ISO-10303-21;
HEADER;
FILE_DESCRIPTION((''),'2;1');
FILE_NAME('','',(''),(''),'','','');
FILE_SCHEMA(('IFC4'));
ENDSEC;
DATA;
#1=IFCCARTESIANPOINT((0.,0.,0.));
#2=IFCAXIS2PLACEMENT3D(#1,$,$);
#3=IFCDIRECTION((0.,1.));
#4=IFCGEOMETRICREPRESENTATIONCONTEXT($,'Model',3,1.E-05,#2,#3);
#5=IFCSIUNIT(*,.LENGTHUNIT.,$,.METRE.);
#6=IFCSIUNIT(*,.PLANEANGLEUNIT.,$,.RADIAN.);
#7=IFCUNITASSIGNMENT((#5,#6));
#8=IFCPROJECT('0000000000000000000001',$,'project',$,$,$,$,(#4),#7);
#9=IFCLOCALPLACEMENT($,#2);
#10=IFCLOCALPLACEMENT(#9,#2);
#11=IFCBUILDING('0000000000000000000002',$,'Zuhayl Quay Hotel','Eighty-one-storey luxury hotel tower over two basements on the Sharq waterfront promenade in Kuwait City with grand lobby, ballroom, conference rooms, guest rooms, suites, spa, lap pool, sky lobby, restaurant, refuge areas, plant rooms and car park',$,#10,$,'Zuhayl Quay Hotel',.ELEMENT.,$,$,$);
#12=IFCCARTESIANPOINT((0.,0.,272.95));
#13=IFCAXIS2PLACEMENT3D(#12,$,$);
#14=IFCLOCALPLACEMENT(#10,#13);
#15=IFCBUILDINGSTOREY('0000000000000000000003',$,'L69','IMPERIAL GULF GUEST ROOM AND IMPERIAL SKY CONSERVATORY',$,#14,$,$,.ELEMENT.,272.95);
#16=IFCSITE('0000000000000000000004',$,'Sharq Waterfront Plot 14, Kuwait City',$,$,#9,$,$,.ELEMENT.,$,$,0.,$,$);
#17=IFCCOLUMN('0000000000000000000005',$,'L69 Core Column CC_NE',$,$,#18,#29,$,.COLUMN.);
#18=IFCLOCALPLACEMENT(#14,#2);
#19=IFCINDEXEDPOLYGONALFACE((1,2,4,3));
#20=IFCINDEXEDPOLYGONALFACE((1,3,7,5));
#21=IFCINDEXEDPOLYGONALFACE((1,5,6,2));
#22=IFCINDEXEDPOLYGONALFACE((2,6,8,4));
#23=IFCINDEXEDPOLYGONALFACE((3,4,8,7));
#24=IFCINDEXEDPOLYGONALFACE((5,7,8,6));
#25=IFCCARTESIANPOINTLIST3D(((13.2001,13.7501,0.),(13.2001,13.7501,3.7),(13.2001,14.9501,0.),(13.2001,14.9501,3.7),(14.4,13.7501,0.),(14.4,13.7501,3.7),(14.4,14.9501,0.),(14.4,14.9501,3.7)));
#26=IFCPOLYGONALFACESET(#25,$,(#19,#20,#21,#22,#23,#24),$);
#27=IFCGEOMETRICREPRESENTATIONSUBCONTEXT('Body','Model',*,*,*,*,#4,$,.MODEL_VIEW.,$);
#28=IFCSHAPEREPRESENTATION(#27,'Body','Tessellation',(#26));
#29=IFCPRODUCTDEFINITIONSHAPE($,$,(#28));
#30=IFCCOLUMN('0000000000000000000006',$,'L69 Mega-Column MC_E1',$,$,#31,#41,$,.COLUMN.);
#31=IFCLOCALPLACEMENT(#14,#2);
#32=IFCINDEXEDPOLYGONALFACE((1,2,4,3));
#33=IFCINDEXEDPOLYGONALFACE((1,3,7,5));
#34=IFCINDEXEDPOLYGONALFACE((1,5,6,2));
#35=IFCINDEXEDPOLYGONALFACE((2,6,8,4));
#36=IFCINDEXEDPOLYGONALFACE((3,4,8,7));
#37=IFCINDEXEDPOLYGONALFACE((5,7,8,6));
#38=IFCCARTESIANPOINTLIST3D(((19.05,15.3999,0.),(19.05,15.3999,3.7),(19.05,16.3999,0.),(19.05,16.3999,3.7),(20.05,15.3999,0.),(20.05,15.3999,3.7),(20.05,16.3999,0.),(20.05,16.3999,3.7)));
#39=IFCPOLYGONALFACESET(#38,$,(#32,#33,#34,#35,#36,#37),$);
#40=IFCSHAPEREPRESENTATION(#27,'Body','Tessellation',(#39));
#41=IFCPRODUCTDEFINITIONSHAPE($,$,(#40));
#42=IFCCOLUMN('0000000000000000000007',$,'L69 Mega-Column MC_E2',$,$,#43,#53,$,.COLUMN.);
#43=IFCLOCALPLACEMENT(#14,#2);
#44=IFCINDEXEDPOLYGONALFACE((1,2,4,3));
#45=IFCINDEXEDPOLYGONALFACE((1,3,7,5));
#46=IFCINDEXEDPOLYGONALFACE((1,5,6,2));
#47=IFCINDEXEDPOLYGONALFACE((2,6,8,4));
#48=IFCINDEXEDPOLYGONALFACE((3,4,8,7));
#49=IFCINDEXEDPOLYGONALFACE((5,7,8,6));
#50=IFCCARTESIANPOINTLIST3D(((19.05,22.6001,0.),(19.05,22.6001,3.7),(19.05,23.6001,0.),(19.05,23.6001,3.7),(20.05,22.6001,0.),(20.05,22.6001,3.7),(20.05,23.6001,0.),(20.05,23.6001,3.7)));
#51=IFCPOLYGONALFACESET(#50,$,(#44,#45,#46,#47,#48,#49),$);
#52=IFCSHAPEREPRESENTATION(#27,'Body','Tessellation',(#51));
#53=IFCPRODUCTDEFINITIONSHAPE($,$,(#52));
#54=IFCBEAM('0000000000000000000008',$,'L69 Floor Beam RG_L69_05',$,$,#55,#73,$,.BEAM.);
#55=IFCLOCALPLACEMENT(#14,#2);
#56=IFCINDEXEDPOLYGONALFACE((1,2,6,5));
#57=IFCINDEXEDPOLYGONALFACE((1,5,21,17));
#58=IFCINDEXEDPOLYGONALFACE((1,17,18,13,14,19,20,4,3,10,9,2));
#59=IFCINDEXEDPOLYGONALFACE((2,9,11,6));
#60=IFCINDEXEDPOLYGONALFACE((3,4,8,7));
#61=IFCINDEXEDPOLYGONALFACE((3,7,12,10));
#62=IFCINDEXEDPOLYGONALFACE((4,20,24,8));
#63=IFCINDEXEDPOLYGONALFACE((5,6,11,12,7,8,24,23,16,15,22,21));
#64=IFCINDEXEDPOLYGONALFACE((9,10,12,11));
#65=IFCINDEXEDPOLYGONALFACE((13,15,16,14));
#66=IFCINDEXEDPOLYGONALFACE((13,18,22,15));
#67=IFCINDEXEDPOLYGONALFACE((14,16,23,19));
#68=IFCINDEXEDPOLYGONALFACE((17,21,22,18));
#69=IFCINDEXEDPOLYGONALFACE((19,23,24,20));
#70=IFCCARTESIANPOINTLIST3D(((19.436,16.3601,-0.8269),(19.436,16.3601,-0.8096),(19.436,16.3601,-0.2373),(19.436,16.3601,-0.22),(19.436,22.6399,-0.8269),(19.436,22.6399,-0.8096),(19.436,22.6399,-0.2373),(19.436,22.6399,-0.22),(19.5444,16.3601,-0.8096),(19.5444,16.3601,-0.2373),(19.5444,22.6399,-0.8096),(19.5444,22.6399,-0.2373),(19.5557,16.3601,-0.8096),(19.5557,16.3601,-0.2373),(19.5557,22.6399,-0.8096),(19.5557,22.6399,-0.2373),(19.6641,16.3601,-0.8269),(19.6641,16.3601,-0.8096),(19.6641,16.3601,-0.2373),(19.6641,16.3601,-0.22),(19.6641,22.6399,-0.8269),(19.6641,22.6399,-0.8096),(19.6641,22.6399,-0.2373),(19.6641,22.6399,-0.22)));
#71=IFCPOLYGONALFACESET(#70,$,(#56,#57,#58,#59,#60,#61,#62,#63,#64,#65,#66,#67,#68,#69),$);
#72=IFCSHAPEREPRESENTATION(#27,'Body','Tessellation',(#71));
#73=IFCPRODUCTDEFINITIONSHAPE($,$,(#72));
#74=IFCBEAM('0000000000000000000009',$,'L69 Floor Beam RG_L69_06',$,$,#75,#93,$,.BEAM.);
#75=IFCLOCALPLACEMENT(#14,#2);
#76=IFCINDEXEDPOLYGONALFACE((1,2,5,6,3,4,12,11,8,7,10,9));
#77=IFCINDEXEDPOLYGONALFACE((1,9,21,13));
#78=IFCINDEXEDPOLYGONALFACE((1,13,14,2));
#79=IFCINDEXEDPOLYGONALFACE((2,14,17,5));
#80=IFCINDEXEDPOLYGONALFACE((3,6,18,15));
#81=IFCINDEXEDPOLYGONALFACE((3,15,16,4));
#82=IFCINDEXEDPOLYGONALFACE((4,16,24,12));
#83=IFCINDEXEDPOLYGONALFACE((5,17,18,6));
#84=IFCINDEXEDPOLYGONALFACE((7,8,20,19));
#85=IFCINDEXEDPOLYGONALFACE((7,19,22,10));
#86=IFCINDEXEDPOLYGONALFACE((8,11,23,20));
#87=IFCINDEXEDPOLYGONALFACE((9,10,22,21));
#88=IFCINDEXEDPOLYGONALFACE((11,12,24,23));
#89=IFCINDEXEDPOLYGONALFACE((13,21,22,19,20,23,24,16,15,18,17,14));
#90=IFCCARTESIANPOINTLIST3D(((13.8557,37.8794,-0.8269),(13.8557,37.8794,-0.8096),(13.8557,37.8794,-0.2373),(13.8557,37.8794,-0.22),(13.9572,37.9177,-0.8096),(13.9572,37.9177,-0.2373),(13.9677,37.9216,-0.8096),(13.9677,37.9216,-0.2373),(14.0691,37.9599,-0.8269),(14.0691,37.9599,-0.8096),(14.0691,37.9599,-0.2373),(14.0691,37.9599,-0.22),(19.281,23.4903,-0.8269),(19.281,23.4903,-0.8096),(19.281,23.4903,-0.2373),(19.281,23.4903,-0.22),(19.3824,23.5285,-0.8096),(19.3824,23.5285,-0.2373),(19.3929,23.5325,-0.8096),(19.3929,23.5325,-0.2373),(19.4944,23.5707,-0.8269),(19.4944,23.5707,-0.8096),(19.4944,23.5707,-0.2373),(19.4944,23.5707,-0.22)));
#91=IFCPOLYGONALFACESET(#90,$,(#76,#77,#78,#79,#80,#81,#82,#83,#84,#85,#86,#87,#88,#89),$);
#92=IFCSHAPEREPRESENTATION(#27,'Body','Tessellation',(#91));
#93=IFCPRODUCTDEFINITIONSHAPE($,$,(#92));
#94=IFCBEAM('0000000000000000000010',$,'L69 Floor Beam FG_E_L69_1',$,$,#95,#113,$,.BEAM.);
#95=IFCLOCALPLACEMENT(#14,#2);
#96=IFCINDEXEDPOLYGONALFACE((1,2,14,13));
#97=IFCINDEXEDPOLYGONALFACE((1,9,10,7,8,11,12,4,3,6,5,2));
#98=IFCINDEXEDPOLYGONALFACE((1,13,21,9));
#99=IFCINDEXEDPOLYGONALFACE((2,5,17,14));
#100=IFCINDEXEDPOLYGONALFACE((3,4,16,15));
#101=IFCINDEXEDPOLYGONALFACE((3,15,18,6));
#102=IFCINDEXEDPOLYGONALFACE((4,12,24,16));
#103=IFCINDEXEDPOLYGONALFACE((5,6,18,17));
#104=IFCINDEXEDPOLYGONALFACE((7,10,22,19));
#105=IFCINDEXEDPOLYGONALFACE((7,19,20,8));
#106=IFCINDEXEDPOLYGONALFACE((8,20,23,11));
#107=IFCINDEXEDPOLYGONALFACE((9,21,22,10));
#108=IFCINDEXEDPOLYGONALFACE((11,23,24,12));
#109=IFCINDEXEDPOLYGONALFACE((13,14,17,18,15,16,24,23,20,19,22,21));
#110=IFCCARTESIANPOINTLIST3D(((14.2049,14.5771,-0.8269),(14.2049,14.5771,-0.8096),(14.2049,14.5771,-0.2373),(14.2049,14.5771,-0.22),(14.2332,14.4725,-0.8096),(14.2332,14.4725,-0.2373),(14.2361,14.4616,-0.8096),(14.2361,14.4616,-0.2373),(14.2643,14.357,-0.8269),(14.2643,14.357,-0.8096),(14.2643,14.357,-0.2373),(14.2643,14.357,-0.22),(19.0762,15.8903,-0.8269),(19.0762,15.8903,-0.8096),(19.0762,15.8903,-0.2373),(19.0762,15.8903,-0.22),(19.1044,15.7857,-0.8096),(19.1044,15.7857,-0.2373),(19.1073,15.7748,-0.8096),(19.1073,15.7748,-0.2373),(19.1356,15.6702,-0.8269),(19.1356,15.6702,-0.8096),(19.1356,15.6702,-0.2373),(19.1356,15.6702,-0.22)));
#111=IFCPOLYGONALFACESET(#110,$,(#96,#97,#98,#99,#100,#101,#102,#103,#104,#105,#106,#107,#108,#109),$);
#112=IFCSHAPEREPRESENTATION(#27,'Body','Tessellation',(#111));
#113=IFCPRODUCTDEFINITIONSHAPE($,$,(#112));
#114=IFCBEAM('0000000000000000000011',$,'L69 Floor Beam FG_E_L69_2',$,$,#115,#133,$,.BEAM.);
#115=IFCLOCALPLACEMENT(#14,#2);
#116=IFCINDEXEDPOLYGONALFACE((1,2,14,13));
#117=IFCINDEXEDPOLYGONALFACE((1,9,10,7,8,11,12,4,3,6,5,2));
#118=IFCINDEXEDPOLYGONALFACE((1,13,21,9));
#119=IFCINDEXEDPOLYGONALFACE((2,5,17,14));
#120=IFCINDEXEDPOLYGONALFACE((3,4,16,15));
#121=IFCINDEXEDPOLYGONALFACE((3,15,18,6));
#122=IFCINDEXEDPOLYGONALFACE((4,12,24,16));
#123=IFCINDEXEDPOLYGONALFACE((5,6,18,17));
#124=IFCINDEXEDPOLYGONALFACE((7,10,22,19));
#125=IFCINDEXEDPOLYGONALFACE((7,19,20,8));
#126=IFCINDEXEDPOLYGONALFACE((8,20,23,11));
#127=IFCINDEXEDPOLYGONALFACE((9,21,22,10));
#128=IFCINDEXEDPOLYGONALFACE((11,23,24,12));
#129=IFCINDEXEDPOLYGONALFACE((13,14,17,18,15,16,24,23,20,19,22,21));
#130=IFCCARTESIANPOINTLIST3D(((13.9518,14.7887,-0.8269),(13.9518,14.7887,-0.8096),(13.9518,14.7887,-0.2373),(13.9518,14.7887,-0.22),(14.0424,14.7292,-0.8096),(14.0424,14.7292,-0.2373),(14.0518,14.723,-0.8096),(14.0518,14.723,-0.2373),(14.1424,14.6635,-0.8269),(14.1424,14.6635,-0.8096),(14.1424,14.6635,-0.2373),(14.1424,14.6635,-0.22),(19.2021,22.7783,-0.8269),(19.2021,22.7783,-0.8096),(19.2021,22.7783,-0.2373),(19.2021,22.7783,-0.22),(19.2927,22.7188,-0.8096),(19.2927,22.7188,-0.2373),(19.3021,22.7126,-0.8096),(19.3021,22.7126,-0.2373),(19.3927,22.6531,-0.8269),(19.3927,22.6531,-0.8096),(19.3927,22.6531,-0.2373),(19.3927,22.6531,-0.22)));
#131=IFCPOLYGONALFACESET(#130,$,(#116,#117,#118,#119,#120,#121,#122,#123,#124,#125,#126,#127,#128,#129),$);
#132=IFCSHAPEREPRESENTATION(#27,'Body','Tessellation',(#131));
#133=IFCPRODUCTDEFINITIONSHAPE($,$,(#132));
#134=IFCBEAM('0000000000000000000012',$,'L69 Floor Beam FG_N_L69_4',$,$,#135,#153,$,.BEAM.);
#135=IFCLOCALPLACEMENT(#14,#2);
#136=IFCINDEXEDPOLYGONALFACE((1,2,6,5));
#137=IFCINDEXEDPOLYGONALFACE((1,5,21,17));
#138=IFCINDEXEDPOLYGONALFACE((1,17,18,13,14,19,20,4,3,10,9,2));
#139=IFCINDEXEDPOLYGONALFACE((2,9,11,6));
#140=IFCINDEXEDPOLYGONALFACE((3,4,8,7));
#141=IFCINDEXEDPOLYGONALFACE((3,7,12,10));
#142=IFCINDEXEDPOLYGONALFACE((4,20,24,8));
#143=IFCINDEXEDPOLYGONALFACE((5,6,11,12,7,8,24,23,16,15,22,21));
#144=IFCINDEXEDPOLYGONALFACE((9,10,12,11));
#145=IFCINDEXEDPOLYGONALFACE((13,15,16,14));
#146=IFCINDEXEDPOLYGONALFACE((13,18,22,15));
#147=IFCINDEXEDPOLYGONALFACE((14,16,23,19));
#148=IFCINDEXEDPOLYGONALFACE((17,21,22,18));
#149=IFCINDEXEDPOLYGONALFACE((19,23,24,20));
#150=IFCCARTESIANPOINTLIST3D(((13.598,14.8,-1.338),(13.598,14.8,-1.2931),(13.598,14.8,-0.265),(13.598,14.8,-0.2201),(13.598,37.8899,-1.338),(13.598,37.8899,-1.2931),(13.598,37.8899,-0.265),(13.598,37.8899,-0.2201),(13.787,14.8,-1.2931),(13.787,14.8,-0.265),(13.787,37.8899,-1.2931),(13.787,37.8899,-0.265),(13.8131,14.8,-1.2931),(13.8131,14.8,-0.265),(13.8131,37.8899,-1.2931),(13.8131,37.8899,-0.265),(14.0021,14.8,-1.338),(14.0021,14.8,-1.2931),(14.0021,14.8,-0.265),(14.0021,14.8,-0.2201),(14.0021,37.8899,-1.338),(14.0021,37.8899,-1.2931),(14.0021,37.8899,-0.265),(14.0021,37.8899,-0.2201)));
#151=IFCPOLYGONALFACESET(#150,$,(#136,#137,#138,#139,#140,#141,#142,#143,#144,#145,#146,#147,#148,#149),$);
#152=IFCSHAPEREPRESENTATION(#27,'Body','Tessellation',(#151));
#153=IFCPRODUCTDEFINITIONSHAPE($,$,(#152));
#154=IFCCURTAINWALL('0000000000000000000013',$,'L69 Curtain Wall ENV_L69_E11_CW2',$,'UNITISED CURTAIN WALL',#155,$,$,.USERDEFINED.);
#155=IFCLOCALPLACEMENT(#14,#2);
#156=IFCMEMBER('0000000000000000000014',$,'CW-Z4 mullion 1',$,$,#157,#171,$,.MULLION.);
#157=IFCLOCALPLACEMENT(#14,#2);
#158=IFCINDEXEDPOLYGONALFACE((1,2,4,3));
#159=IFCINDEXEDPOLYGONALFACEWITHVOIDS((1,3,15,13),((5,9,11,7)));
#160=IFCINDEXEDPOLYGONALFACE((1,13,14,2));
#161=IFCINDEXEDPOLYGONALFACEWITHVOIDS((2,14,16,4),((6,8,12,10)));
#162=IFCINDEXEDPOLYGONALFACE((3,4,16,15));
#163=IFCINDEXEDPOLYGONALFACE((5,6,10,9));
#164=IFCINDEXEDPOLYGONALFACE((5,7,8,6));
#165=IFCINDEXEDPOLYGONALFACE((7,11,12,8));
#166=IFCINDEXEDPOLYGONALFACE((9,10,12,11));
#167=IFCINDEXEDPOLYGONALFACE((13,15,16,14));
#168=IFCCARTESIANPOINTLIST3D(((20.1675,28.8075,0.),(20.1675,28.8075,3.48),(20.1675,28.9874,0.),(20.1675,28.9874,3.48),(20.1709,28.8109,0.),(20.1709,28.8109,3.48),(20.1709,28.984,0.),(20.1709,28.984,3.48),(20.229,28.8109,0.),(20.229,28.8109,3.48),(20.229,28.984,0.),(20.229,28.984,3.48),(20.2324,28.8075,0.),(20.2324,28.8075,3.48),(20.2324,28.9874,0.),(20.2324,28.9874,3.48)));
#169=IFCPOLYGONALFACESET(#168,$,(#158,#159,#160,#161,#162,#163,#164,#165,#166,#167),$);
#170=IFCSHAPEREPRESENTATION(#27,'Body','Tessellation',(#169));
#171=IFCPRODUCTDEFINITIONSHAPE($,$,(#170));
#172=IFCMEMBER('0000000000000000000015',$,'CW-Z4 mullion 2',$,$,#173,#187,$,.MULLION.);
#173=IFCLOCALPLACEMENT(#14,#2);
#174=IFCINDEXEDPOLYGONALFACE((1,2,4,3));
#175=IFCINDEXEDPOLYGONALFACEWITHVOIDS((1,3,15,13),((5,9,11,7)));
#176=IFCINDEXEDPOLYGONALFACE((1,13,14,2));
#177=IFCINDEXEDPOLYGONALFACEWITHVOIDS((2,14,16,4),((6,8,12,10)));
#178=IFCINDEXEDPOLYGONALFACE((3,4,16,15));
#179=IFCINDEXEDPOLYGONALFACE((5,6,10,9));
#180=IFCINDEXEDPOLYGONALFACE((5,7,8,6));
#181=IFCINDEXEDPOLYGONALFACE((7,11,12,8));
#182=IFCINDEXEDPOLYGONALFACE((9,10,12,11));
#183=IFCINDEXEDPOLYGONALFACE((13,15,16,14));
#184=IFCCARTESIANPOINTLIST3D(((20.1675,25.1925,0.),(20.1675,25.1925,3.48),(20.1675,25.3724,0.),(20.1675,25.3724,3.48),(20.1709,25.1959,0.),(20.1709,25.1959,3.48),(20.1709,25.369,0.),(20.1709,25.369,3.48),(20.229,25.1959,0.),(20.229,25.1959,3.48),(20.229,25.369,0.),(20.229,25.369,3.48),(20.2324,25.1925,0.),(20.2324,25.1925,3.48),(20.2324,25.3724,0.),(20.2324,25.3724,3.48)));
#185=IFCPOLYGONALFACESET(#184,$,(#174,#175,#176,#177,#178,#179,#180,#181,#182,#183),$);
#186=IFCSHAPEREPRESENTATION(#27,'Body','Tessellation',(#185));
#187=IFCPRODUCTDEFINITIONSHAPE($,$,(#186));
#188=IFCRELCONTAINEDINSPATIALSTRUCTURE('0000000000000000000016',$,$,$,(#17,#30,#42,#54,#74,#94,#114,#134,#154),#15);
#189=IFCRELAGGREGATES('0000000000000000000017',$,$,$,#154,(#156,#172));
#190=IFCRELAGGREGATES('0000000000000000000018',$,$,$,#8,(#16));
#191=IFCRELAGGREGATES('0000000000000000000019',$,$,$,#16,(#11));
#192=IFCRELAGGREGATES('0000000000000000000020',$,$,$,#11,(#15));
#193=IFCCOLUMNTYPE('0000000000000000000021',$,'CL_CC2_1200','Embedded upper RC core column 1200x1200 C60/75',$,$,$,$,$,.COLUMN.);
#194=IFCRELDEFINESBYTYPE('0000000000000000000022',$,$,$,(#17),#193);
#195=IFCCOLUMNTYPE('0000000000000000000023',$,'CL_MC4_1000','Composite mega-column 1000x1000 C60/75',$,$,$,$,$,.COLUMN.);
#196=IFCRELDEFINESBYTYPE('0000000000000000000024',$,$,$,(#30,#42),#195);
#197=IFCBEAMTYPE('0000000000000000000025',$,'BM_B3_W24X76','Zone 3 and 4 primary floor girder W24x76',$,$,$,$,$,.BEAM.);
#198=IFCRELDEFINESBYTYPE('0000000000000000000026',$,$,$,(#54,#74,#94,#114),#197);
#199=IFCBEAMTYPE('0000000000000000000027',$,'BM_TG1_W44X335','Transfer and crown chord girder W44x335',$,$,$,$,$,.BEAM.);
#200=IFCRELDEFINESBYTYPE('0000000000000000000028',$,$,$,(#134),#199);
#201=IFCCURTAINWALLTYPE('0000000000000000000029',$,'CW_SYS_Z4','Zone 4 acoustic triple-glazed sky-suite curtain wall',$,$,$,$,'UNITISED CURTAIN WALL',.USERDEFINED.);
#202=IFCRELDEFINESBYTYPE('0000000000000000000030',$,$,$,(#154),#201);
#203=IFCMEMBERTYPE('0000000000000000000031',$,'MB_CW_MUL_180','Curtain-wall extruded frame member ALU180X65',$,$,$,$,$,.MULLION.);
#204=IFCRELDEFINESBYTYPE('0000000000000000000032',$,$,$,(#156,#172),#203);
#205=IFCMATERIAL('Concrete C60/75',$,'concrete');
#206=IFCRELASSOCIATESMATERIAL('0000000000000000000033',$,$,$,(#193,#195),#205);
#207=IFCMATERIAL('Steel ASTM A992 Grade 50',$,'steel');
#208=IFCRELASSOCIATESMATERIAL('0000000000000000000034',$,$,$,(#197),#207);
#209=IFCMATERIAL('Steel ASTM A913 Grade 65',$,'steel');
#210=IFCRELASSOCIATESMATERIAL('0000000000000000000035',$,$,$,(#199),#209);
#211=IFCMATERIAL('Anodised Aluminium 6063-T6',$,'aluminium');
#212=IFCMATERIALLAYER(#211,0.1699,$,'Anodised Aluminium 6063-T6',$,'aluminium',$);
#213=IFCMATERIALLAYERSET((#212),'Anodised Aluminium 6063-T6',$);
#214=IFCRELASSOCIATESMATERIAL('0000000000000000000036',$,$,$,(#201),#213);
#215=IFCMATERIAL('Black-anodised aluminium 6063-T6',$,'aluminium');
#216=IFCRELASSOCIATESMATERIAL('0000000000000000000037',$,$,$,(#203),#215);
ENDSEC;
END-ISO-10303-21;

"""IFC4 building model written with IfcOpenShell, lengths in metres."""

from ifc_helpers import new_model, si_unit, direction, frame, origin, origin_2d, place, context, subcontext, project, spatial, rectangle, hollow_rectangle, i_section, extrude, material, layer, layer_set, material_profile, profile_set, type_object, element, aggregate, save


model = new_model("IFC4")

# Units and contexts
model_context = context("Model", 3, precision=1e-05, world=origin(), true_north=direction((0.0, 1.0)))
body_context = subcontext(model_context, "Body", "Model", "MODEL_VIEW")
ifc_project = project(units=[si_unit("LENGTHUNIT", "METRE"), si_unit("PLANEANGLEUNIT", "RADIAN")], contexts=[model_context])

# Site, building, storey
site_placement = place(None, origin())
site = spatial("IfcSite", under=ifc_project, at=site_placement, Name="Sharq Waterfront Plot 14, Kuwait City", CompositionType="ELEMENT", RefElevation=0.0)
building_placement = place(site_placement, origin())
building = spatial("IfcBuilding", under=site, at=building_placement, Name="Zuhayl Quay Hotel", Description="Eighty-one-storey luxury hotel tower over two basements on the Sharq waterfront promenade in Kuwait City with grand lobby, ballroom, conference rooms, guest rooms, suites, spa, lap pool, sky lobby, restaurant, refuge areas, plant rooms and car park", LongName="Zuhayl Quay Hotel", CompositionType="ELEMENT")
storey_placement = place(building_placement, frame((0.0, 0.0, 272.95)))
storey = spatial("IfcBuildingStorey", under=building, at=storey_placement, Name="L69", Description="IMPERIAL GULF GUEST ROOM AND IMPERIAL SKY CONSERVATORY", CompositionType="ELEMENT", Elevation=272.95)

# Columns
ifc_material_1 = material(Name="Concrete C60/75", Category="concrete")
ifc_material_profile_1 = material_profile(ifc_material_1, rectangle(XDim=1.2, YDim=1.2, at=origin_2d()), Name="RC1200X1200")
ifc_profile_set_1 = profile_set([ifc_material_profile_1], Name="Concrete C60/75")
column_type_1 = type_object("IfcColumnType", Name="CL_CC2_1200", Description="Embedded upper RC core column 1200x1200 C60/75", PredefinedType="COLUMN", material=ifc_profile_set_1)
column_placement = place(storey_placement, frame((13.8, 14.3501, 0.0), z_axis=(0.0, 0.0, 1.0), x_axis=(1.0, 0.0, 0.0)))
element("IfcColumn", 1, at=column_placement, inside=storey, type_object=column_type_1, Name="L69 Core Column CC_NE", PredefinedType="COLUMN", context=body_context, shape_type="SweptSolid", body=[
    extrude(rectangle(XDim=1.2, YDim=1.2, at=origin_2d()), origin(), (0.0, 0.0, 1.0), 3.7),
])
ifc_material_profile_2 = material_profile(ifc_material_1, rectangle(XDim=1.0, YDim=1.0, at=origin_2d()), Name="RC1000X1000")
ifc_profile_set_2 = profile_set([ifc_material_profile_2], Name="Concrete C60/75")
column_type_2 = type_object("IfcColumnType", Name="CL_MC4_1000", Description="Composite mega-column 1000x1000 C60/75", PredefinedType="COLUMN", material=ifc_profile_set_2)
for number, where, z_axis, x_axis, name in (
    (2, (19.55, 15.8999, 0.0), (0.0, 0.0, 1.0), (1.0, 0.0, 0.0), "L69 Mega-Column MC_E1"),
    (3, (19.55, 23.1001, 0.0), (0.0, 0.0, 1.0), (1.0, 0.0, 0.0), "L69 Mega-Column MC_E2"),
):
    element("IfcColumn", number, at=place(storey_placement, frame(where, z_axis=z_axis, x_axis=x_axis)), inside=storey, type_object=column_type_2, Name=name, PredefinedType="COLUMN", context=body_context, shape_type="SweptSolid", body=[
        extrude(rectangle(XDim=1.0, YDim=1.0, at=origin_2d()), origin(), (0.0, 0.0, 1.0), 3.7),
    ])

# Beams
ifc_material_2 = material(Name="Steel ASTM A992 Grade 50", Category="steel")
ifc_material_profile_3 = material_profile(ifc_material_2, i_section(OverallWidth=0.228, OverallDepth=0.6069, WebThickness=0.0112, FlangeThickness=0.0173, at=origin_2d()), Name="W24X76")
ifc_profile_set_3 = profile_set([ifc_material_profile_3], Name="Steel ASTM A992 Grade 50")
beam_type_1 = type_object("IfcBeamType", Name="BM_B3_W24X76", Description="Zone 3 and 4 primary floor girder W24x76", PredefinedType="BEAM", material=ifc_profile_set_3)
beam_1_placement = place(storey_placement, frame((19.55, 16.3601, -0.5234), z_axis=(0.0, 1.0, 0.0), x_axis=(-1.0, 0.0, 0.0)))
element("IfcBeam", 4, at=beam_1_placement, inside=storey, type_object=beam_type_1, Name="L69 Floor Beam RG_L69_05", PredefinedType="BEAM", context=body_context, shape_type="SweptSolid", body=[
    extrude(i_section(OverallWidth=0.228, OverallDepth=0.6069, WebThickness=0.0112, FlangeThickness=0.0173, at=origin_2d()), origin(), (0.0, 0.0, 1.0), 6.2798),
])
beam_2_placement = place(storey_placement, frame((19.3877, 23.5305, -0.5234), z_axis=(-0.352797, 0.9357, 0.0), x_axis=(-0.9357, -0.352797, 0.0)))
element("IfcBeam", 5, at=beam_2_placement, inside=storey, type_object=beam_type_1, Name="L69 Floor Beam RG_L69_06", PredefinedType="BEAM", context=body_context, shape_type="SweptSolid", body=[
    extrude(i_section(OverallWidth=0.228, OverallDepth=0.6069, WebThickness=0.0112, FlangeThickness=0.0173, at=origin_2d()), origin(), (0.0, 0.0, 1.0), 15.3779),
])
beam_3_placement = place(storey_placement, frame((14.2346, 14.467, -0.5234), z_axis=(0.96553, 0.260291, 0.0), x_axis=(-0.260291, 0.96553, 0.0)))
element("IfcBeam", 6, at=beam_3_placement, inside=storey, type_object=beam_type_1, Name="L69 Floor Beam FG_E_L69_1", PredefinedType="BEAM", context=body_context, shape_type="SweptSolid", body=[
    extrude(i_section(OverallWidth=0.228, OverallDepth=0.6069, WebThickness=0.0112, FlangeThickness=0.0173, at=origin_2d()), origin(), (0.0, 0.0, 1.0), 5.0452),
])
beam_4_placement = place(storey_placement, frame((14.0471, 14.7261, -0.5234), z_axis=(0.549178, 0.835705, 0.0), x_axis=(-0.835705, 0.549178, 0.0)))
element("IfcBeam", 7, at=beam_4_placement, inside=storey, type_object=beam_type_1, Name="L69 Floor Beam FG_E_L69_2", PredefinedType="BEAM", context=body_context, shape_type="SweptSolid", body=[
    extrude(i_section(OverallWidth=0.228, OverallDepth=0.6069, WebThickness=0.0112, FlangeThickness=0.0173, at=origin_2d()), origin(), (0.0, 0.0, 1.0), 9.5603),
])
ifc_material_3 = material(Name="Steel ASTM A913 Grade 65", Category="steel")
ifc_material_profile_4 = material_profile(ifc_material_3, i_section(OverallWidth=0.4041, OverallDepth=1.1179, WebThickness=0.0261, FlangeThickness=0.0449, at=origin_2d()), Name="W44X335")
ifc_profile_set_4 = profile_set([ifc_material_profile_4], Name="Steel ASTM A913 Grade 65")
beam_type_2 = type_object("IfcBeamType", Name="BM_TG1_W44X335", Description="Transfer and crown chord girder W44x335", PredefinedType="BEAM", material=ifc_profile_set_4)
beam_5_placement = place(storey_placement, frame((13.8, 14.8, -0.7791), z_axis=(0.0, 1.0, 0.0), x_axis=(-1.0, 0.0, 0.0)))
element("IfcBeam", 8, at=beam_5_placement, inside=storey, type_object=beam_type_2, Name="L69 Floor Beam FG_N_L69_4", PredefinedType="BEAM", context=body_context, shape_type="SweptSolid", body=[
    extrude(i_section(OverallWidth=0.4041, OverallDepth=1.1179, WebThickness=0.0261, FlangeThickness=0.0449, at=origin_2d()), origin(), (0.0, 0.0, 1.0), 23.0898),
])

# Curtain wall, members
ifc_material_4 = material(Name="Anodised Aluminium 6063-T6", Category="aluminium")
ifc_layer_1 = layer(ifc_material_4, 0.1699, Name="Anodised Aluminium 6063-T6", Category="aluminium")
ifc_layer_set_1 = layer_set([ifc_layer_1], Name="Anodised Aluminium 6063-T6")
curtain_wall_type = type_object("IfcCurtainWallType", Name="CW_SYS_Z4", Description="Zone 4 acoustic triple-glazed sky-suite curtain wall", ElementType="UNITISED CURTAIN WALL", PredefinedType="USERDEFINED", material=ifc_layer_set_1)
curtain_wall_1_placement = place(storey_placement, origin())
curtain_wall_1 = element("IfcCurtainWall", 9, at=curtain_wall_1_placement, inside=storey, type_object=curtain_wall_type, Name="L69 Curtain Wall ENV_L69_E11_CW2", ObjectType="UNITISED CURTAIN WALL", PredefinedType="USERDEFINED")
ifc_material_5 = material(Name="Black-anodised aluminium 6063-T6", Category="aluminium")
ifc_material_profile_5 = material_profile(ifc_material_5, hollow_rectangle(XDim=0.0649, YDim=0.1799, WallThickness=0.0034, at=origin_2d()), Name="ALU180X65")
ifc_profile_set_5 = profile_set([ifc_material_profile_5], Name="Black-anodised aluminium 6063-T6")
member_type_1 = type_object("IfcMemberType", Name="MB_CW_MUL_180", Description="Curtain-wall extruded frame member ALU180X65", PredefinedType="MULLION", material=ifc_profile_set_5)
member_1_placement = place(storey_placement, frame((20.2, 28.8975, 0.0), z_axis=(0.0, 0.0, 1.0), x_axis=(1.0, 0.0, 0.0)))
member_1 = element("IfcMember", 10, at=member_1_placement, type_object=member_type_1, Name="CW-Z4 mullion 1", PredefinedType="MULLION", context=body_context, shape_type="SweptSolid", body=[
    extrude(hollow_rectangle(XDim=0.0649, YDim=0.1799, WallThickness=0.0034, at=origin_2d()), origin(), (0.0, 0.0, 1.0), 3.48),
])
member_2_placement = place(storey_placement, frame((20.2, 25.2825, 0.0), z_axis=(0.0, 0.0, 1.0), x_axis=(1.0, 0.0, 0.0)))
member_2 = element("IfcMember", 11, at=member_2_placement, type_object=member_type_1, Name="CW-Z4 mullion 2", PredefinedType="MULLION", context=body_context, shape_type="SweptSolid", body=[
    extrude(hollow_rectangle(XDim=0.0649, YDim=0.1799, WallThickness=0.0034, at=origin_2d()), origin(), (0.0, 0.0, 1.0), 3.48),
])

aggregate(curtain_wall_1, [member_1, member_2])

save(model, "model.ifc")
